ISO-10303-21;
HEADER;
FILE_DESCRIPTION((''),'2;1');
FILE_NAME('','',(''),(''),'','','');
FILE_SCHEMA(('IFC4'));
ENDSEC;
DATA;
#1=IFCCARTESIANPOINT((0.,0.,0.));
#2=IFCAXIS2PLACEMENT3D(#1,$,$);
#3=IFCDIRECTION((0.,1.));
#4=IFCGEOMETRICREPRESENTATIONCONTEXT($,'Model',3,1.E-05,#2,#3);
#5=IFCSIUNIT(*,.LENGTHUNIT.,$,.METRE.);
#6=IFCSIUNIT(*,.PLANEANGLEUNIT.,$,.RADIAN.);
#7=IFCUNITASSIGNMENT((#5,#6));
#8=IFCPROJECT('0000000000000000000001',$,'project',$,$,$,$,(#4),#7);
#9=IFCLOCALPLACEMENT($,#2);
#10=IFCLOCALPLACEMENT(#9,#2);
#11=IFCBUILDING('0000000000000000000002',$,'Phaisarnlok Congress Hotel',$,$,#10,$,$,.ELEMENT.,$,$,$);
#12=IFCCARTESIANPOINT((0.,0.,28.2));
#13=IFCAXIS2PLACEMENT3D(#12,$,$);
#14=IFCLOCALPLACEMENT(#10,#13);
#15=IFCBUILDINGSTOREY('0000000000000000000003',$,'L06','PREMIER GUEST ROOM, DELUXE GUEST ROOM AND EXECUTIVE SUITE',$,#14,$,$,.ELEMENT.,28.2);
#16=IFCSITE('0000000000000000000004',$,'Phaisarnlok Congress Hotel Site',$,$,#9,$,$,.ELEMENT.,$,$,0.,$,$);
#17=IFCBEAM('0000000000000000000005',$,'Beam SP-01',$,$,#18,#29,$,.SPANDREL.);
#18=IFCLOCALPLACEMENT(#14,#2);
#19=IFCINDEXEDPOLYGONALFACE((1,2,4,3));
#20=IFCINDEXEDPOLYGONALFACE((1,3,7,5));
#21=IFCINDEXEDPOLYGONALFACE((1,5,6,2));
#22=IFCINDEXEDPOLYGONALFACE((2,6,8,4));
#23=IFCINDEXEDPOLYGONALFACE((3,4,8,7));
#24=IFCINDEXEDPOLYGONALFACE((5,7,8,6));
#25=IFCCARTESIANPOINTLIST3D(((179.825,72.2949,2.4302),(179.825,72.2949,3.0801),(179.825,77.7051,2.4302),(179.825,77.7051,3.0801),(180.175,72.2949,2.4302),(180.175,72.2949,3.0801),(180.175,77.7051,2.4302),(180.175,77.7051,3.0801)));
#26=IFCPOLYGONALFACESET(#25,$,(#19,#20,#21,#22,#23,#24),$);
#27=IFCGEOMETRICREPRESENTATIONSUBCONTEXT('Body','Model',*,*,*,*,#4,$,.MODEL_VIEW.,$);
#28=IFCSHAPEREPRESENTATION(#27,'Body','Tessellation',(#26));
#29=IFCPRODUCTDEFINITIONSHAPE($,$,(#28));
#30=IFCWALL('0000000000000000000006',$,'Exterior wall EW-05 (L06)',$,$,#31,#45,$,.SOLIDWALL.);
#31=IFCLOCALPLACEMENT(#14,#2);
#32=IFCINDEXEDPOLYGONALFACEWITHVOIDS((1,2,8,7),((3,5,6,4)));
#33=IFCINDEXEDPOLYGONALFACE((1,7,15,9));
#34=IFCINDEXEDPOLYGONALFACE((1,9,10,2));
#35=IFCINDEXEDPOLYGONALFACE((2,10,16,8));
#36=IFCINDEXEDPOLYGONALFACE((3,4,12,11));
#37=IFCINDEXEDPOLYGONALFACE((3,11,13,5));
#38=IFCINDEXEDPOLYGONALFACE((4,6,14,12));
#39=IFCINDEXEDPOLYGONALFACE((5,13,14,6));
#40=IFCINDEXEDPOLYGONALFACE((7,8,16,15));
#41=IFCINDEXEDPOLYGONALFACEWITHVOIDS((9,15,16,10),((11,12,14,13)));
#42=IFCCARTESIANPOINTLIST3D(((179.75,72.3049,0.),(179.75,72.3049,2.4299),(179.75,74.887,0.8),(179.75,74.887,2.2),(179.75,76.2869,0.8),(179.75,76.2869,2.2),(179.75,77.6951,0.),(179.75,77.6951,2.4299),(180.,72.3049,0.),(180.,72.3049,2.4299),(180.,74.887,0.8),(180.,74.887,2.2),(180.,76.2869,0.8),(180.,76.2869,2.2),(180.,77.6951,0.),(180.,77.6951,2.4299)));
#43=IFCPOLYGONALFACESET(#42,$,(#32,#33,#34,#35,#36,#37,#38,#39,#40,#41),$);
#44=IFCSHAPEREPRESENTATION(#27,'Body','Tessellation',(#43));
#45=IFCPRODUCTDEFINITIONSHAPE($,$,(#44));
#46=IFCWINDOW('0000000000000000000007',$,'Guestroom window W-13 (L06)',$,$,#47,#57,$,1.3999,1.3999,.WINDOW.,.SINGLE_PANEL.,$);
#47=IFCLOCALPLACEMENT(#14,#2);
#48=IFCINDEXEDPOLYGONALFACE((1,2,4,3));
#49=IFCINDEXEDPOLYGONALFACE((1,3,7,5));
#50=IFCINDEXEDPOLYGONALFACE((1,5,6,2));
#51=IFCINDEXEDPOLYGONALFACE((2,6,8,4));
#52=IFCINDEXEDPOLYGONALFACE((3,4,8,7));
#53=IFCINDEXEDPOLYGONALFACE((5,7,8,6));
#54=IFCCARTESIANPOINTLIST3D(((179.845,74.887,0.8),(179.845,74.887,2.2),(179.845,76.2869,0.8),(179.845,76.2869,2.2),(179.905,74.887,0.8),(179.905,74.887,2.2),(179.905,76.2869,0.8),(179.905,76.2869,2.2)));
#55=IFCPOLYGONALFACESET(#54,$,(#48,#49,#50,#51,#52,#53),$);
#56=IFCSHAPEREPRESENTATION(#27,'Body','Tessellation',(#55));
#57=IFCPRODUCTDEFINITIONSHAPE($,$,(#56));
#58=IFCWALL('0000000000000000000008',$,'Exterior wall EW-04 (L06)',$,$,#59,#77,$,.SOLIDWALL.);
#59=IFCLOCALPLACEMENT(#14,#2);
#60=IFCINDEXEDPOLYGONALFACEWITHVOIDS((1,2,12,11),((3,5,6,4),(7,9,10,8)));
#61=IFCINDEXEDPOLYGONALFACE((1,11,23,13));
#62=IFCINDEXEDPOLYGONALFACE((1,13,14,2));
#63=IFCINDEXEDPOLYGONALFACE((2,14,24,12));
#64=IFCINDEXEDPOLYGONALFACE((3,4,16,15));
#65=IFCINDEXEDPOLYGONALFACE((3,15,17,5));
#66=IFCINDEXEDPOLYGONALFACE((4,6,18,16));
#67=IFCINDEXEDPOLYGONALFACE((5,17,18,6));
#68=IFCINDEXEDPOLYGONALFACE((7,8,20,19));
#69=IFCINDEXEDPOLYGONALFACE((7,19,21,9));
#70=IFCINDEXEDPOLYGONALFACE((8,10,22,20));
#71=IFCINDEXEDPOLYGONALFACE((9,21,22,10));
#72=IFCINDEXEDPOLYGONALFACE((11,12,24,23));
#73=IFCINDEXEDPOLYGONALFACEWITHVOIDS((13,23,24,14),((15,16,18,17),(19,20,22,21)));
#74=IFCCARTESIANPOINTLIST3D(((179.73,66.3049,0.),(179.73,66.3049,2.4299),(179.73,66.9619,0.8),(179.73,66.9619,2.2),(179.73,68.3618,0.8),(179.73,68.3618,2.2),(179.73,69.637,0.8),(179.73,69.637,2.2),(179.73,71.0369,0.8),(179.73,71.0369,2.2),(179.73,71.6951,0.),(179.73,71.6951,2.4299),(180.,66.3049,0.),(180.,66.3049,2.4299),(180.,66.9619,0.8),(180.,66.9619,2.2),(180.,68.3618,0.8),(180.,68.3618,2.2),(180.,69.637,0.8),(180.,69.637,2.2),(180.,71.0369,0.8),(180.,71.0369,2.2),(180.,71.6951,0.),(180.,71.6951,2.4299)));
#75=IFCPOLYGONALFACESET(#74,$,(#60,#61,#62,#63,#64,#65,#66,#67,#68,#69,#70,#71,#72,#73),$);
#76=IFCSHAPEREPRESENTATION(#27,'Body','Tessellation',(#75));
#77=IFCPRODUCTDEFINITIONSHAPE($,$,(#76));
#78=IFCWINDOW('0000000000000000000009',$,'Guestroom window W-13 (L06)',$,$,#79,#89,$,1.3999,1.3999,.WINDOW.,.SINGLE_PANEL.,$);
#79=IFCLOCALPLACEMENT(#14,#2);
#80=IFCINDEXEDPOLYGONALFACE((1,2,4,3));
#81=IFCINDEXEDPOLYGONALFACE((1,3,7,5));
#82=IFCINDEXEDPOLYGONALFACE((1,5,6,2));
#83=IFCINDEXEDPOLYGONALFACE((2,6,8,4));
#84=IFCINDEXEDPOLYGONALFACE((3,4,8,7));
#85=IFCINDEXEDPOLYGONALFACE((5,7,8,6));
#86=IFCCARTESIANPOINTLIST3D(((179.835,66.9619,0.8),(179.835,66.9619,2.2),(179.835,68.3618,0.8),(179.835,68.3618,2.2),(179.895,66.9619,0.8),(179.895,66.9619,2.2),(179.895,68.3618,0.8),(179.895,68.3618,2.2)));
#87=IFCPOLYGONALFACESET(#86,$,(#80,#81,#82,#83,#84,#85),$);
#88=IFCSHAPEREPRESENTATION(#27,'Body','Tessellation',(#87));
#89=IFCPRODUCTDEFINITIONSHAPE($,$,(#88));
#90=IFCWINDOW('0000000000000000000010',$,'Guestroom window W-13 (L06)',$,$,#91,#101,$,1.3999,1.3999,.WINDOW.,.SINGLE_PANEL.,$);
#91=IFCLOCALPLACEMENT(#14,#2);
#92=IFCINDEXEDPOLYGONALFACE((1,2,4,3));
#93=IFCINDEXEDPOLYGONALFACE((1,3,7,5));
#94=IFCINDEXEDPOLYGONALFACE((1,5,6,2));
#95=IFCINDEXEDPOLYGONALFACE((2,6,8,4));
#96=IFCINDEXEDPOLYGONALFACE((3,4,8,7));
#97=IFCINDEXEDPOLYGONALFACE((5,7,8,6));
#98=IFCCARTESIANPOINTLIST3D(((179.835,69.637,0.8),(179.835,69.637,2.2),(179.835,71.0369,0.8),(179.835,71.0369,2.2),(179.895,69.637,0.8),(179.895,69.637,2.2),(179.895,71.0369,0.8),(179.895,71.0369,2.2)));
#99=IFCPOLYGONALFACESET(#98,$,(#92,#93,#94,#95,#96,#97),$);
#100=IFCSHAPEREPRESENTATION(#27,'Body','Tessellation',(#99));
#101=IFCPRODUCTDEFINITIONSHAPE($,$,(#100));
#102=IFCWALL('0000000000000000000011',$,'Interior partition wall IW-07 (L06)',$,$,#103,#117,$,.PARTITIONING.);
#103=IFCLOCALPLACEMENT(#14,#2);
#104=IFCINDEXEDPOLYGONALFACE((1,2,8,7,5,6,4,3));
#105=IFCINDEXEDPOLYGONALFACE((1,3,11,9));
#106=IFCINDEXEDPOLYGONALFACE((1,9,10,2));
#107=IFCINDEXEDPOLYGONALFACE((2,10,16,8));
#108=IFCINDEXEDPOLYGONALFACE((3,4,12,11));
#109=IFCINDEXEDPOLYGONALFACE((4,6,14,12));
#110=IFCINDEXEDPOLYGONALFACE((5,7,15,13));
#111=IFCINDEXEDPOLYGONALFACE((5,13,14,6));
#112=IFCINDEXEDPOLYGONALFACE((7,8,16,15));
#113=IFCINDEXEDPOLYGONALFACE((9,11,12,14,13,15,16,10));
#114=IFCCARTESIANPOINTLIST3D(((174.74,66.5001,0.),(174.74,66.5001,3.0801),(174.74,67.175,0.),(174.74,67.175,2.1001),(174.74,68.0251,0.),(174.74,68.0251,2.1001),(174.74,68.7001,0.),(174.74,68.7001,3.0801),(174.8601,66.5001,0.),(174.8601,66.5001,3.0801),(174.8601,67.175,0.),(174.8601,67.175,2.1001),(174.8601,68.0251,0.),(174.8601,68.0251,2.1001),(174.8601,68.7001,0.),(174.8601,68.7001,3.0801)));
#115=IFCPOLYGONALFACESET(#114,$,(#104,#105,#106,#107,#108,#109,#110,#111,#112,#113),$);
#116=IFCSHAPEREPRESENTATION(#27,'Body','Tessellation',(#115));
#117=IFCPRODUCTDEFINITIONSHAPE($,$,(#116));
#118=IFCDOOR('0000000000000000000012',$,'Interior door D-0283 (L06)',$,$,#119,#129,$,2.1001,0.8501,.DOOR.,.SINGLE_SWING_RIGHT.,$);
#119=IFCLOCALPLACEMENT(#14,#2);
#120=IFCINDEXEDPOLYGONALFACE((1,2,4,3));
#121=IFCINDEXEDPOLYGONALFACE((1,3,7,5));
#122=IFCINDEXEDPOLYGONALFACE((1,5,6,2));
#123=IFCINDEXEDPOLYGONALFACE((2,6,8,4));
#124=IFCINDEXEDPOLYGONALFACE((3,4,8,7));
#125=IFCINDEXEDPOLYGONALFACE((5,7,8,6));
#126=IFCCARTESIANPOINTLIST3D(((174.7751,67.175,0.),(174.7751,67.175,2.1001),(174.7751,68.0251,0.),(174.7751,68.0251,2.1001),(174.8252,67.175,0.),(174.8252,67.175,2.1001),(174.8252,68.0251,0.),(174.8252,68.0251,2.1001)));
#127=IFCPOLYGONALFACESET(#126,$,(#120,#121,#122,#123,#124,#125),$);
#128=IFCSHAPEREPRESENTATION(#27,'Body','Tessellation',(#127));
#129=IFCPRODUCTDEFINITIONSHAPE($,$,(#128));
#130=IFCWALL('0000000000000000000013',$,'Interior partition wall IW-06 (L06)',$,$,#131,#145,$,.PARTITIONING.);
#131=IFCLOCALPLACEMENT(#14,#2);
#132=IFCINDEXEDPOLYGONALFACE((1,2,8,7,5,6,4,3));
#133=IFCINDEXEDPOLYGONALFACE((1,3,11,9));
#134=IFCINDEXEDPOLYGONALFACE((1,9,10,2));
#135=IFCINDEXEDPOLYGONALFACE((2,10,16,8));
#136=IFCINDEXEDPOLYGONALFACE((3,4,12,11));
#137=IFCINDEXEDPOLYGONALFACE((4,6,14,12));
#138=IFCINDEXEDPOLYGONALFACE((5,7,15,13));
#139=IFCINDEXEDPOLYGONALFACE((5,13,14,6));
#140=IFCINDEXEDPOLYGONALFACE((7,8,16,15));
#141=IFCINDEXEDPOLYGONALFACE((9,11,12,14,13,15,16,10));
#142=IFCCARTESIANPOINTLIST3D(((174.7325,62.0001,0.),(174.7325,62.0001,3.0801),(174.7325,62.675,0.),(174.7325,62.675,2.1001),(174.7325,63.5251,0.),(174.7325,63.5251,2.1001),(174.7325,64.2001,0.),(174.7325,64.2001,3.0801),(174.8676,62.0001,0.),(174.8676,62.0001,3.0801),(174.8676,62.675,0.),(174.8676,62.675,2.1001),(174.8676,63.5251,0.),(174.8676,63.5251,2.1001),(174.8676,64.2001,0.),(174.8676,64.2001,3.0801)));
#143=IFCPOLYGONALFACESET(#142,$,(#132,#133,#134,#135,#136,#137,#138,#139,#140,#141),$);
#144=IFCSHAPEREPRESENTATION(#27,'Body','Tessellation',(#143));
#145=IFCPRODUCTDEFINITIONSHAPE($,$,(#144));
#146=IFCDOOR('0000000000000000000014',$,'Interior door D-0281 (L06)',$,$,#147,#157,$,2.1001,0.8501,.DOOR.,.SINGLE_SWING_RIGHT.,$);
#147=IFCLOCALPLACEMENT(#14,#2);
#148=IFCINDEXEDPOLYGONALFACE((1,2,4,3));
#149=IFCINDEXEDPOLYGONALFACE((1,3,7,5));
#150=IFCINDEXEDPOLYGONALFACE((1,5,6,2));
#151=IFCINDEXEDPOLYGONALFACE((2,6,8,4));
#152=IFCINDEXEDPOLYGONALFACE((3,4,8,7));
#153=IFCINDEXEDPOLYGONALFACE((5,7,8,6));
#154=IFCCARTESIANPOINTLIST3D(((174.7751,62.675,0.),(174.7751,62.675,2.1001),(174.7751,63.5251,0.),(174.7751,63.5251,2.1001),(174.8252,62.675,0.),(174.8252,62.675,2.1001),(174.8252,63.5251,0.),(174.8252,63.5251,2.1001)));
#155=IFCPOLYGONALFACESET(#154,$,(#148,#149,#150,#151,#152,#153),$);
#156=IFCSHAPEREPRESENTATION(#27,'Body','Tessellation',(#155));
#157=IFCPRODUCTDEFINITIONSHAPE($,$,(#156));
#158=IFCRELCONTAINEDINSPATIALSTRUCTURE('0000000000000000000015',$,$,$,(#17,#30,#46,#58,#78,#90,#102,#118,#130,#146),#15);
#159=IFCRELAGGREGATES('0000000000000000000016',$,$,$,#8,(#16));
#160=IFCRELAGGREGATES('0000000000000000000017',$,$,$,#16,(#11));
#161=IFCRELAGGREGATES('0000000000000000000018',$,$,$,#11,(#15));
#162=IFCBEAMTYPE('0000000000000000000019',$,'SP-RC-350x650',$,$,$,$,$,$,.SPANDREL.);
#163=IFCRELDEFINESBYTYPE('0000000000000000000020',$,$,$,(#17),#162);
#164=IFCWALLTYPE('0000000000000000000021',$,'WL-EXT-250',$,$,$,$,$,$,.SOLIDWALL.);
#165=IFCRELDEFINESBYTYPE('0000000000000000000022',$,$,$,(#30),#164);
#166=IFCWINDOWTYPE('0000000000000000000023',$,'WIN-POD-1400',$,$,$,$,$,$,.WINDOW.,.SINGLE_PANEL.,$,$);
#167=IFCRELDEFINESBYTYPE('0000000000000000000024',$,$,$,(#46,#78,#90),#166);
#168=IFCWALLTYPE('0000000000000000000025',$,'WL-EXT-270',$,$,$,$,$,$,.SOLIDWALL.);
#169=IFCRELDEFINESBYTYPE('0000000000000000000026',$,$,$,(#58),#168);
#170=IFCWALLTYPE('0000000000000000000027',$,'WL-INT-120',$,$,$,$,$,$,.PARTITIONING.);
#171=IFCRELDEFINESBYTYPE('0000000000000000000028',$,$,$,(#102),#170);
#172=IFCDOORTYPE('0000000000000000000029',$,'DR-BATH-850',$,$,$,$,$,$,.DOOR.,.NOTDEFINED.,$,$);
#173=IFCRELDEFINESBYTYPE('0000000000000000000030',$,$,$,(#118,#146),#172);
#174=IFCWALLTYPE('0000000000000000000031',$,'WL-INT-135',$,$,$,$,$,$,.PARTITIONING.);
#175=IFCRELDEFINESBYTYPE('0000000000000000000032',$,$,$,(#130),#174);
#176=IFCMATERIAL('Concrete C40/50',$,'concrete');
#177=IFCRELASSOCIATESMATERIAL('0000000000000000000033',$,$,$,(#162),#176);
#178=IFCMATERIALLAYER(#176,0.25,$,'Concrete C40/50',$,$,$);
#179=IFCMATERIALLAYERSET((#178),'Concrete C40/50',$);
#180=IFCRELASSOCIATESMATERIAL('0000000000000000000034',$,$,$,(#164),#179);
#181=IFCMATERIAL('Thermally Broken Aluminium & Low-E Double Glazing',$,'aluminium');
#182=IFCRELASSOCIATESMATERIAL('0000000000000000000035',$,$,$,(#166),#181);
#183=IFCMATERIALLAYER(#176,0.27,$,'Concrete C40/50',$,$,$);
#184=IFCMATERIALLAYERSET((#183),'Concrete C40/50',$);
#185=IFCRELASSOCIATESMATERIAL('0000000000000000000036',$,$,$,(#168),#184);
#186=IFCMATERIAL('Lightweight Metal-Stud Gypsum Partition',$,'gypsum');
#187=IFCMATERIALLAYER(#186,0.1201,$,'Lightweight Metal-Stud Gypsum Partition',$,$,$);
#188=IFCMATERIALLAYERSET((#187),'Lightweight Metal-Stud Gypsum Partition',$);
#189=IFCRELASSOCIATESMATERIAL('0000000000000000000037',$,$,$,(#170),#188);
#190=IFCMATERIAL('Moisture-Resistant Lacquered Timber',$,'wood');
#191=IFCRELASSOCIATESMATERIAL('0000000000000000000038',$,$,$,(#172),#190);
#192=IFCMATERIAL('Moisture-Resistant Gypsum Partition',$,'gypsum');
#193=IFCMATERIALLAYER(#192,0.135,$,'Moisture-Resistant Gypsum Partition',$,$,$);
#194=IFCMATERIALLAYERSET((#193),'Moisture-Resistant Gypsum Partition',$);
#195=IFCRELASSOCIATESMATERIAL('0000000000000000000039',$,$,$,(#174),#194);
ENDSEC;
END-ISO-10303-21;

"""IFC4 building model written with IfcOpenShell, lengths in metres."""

from ifc_helpers import new_model, si_unit, direction, frame, frame_2d, origin, origin_2d, place, context, subcontext, project, spatial, rectangle, extrude, material, layer, layer_set, material_profile, profile_set, type_object, element, fill, save


model = new_model("IFC4")

# Units and contexts
model_context = context("Model", 3, precision=1e-05, world=origin(), true_north=direction((0.0, 1.0)))
body_context = subcontext(model_context, "Body", "Model", "MODEL_VIEW")
ifc_project = project(units=[si_unit("LENGTHUNIT", "METRE"), si_unit("PLANEANGLEUNIT", "RADIAN")], contexts=[model_context])

# Site, building, storey
site_placement = place(None, origin())
site = spatial("IfcSite", under=ifc_project, at=site_placement, Name="Phaisarnlok Congress Hotel Site", CompositionType="ELEMENT", RefElevation=0.0)
building_placement = place(site_placement, origin())
building = spatial("IfcBuilding", under=site, at=building_placement, Name="Phaisarnlok Congress Hotel", CompositionType="ELEMENT")
storey_placement = place(building_placement, frame((0.0, 0.0, 28.2)))
storey = spatial("IfcBuildingStorey", under=building, at=storey_placement, Name="L06", Description="PREMIER GUEST ROOM, DELUXE GUEST ROOM AND EXECUTIVE SUITE", CompositionType="ELEMENT", Elevation=28.2)

# Beam
ifc_material_1 = material(Name="Concrete C40/50", Category="concrete")
ifc_material_profile_1 = material_profile(ifc_material_1, rectangle(XDim=0.3501, YDim=0.6499, at=origin_2d()), Name="RC 350x650")
ifc_profile_set_1 = profile_set([ifc_material_profile_1], Name="Concrete C40/50")
beam_type_1 = type_object("IfcBeamType", Name="SP-RC-350x650", PredefinedType="SPANDREL", material=ifc_profile_set_1)
for number, where, z_axis, x_axis, name in (
    (1, (180.0, 72.2949, 2.7551), (0.0, 1.0, 0.0), (-1.0, 0.0, 0.0), "Beam SP-01"),
):
    element("IfcBeam", number, at=place(storey_placement, frame(where, z_axis=z_axis, x_axis=x_axis)), inside=storey, type_object=beam_type_1, Name=name, PredefinedType="SPANDREL", context=body_context, shape_type="SweptSolid", body=[
        extrude(rectangle(XDim=0.3501, YDim=0.6499, at=origin_2d()), origin(), (0.0, 0.0, 1.0), 5.4102),
    ])

# Wall, opening, window
ifc_layer_1 = layer(ifc_material_1, 0.25, Name="Concrete C40/50")
ifc_layer_set_1 = layer_set([ifc_layer_1], Name="Concrete C40/50")
wall_type_1 = type_object("IfcWallType", Name="WL-EXT-250", PredefinedType="SOLIDWALL", material=ifc_layer_set_1)
wall_1_placement = place(storey_placement, frame((179.875, 72.3049, 0.0), z_axis=(0.0, 0.0, 1.0), x_axis=(0.0, 1.0, 0.0)))
wall_1 = element("IfcWall", 2, at=wall_1_placement, inside=storey, type_object=wall_type_1, Name="Exterior wall EW-05 (L06)", PredefinedType="SOLIDWALL", context=body_context, shape_type="SweptSolid", body=[
    extrude(rectangle(XDim=5.3901, YDim=0.25, at=frame_2d((2.6951, 0.0))), origin(), (0.0, 0.0, 1.0), 2.4299),
])
opening_1_placement = place(wall_1_placement, frame((2.582, 0.0, 0.8)))
opening_1 = element("IfcOpeningElement", 3, at=opening_1_placement, cuts=wall_1, PredefinedType="OPENING", context=body_context, shape_type="SweptSolid", body=[
    extrude(rectangle(XDim=1.3999, YDim=1.3999, at=frame_2d((0.7, 0.7))), frame((0.0, 0.135, 0.0), z_axis=(0.0, -1.0, 0.0), x_axis=(1.0, 0.0, 0.0)), (0.0, 0.0, 1.0), 0.27),
])
ifc_material_2 = material(Name="Thermally Broken Aluminium & Low-E Double Glazing", Category="aluminium")
window_type = type_object("IfcWindowType", Name="WIN-POD-1400", PartitioningType="SINGLE_PANEL", PredefinedType="WINDOW", material=ifc_material_2)
window_1_placement = place(opening_1_placement, origin())
window_1 = element("IfcWindow", 4, at=window_1_placement, inside=storey, type_object=window_type, Name="Guestroom window W-13 (L06)", OverallHeight=1.3999, OverallWidth=1.3999, PartitioningType="SINGLE_PANEL", PredefinedType="WINDOW", context=body_context, shape_type="SweptSolid", body=[
    extrude(rectangle(XDim=1.3999, YDim=1.3999, at=frame_2d((0.7, 0.7))), frame((0.0, 0.03, 0.0), z_axis=(0.0, -1.0, 0.0), x_axis=(1.0, 0.0, 0.0)), (0.0, 0.0, 1.0), 0.0601),
])
fill(opening_1, window_1)

# Wall, openings, windows
ifc_layer_2 = layer(ifc_material_1, 0.27, Name="Concrete C40/50")
ifc_layer_set_2 = layer_set([ifc_layer_2], Name="Concrete C40/50")
wall_type_2 = type_object("IfcWallType", Name="WL-EXT-270", PredefinedType="SOLIDWALL", material=ifc_layer_set_2)
wall_2_placement = place(storey_placement, frame((179.865, 66.3049, 0.0), z_axis=(0.0, 0.0, 1.0), x_axis=(0.0, 1.0, 0.0)))
wall_2 = element("IfcWall", 5, at=wall_2_placement, inside=storey, type_object=wall_type_2, Name="Exterior wall EW-04 (L06)", PredefinedType="SOLIDWALL", context=body_context, shape_type="SweptSolid", body=[
    extrude(rectangle(XDim=5.3901, YDim=0.27, at=frame_2d((2.6951, 0.0))), origin(), (0.0, 0.0, 1.0), 2.4299),
])
opening_2_placement = place(wall_2_placement, frame((0.657, 0.0, 0.8)))
opening_2 = element("IfcOpeningElement", 6, at=opening_2_placement, cuts=wall_2, PredefinedType="OPENING", context=body_context, shape_type="SweptSolid", body=[
    extrude(rectangle(XDim=1.3999, YDim=1.3999, at=frame_2d((0.7, 0.7))), frame((0.0, 0.145, 0.0), z_axis=(0.0, -1.0, 0.0), x_axis=(1.0, 0.0, 0.0)), (0.0, 0.0, 1.0), 0.29),
])
opening_3_placement = place(wall_2_placement, frame((3.332, 0.0, 0.8)))
opening_3 = element("IfcOpeningElement", 7, at=opening_3_placement, cuts=wall_2, PredefinedType="OPENING", context=body_context, shape_type="SweptSolid", body=[
    extrude(rectangle(XDim=1.3999, YDim=1.3999, at=frame_2d((0.7, 0.7))), frame((0.0, 0.145, 0.0), z_axis=(0.0, -1.0, 0.0), x_axis=(1.0, 0.0, 0.0)), (0.0, 0.0, 1.0), 0.29),
])
window_2_placement = place(opening_2_placement, origin())
window_2 = element("IfcWindow", 8, at=window_2_placement, inside=storey, type_object=window_type, Name="Guestroom window W-13 (L06)", OverallHeight=1.3999, OverallWidth=1.3999, PartitioningType="SINGLE_PANEL", PredefinedType="WINDOW", context=body_context, shape_type="SweptSolid", body=[
    extrude(rectangle(XDim=1.3999, YDim=1.3999, at=frame_2d((0.7, 0.7))), frame((0.0, 0.03, 0.0), z_axis=(0.0, -1.0, 0.0), x_axis=(1.0, 0.0, 0.0)), (0.0, 0.0, 1.0), 0.0601),
])
fill(opening_2, window_2)
window_3_placement = place(opening_3_placement, origin())
window_3 = element("IfcWindow", 9, at=window_3_placement, inside=storey, type_object=window_type, Name="Guestroom window W-13 (L06)", OverallHeight=1.3999, OverallWidth=1.3999, PartitioningType="SINGLE_PANEL", PredefinedType="WINDOW", context=body_context, shape_type="SweptSolid", body=[
    extrude(rectangle(XDim=1.3999, YDim=1.3999, at=frame_2d((0.7, 0.7))), frame((0.0, 0.03, 0.0), z_axis=(0.0, -1.0, 0.0), x_axis=(1.0, 0.0, 0.0)), (0.0, 0.0, 1.0), 0.0601),
])
fill(opening_3, window_3)

# Walls, openings, doors
ifc_material_3 = material(Name="Lightweight Metal-Stud Gypsum Partition", Category="gypsum")
ifc_layer_3 = layer(ifc_material_3, 0.1201, Name="Lightweight Metal-Stud Gypsum Partition")
ifc_layer_set_3 = layer_set([ifc_layer_3], Name="Lightweight Metal-Stud Gypsum Partition")
wall_type_3 = type_object("IfcWallType", Name="WL-INT-120", PredefinedType="PARTITIONING", material=ifc_layer_set_3)
wall_3_placement = place(storey_placement, frame((174.8, 66.5, 0.0), z_axis=(0.0, 0.0, 1.0), x_axis=(0.0, 1.0, 0.0)))
wall_3 = element("IfcWall", 10, at=wall_3_placement, inside=storey, type_object=wall_type_3, Name="Interior partition wall IW-07 (L06)", PredefinedType="PARTITIONING", context=body_context, shape_type="SweptSolid", body=[
    extrude(rectangle(XDim=2.2, YDim=0.1201, at=frame_2d((1.1001, 0.0))), origin(), (0.0, 0.0, 1.0), 3.0801),
])
opening_4_placement = place(wall_3_placement, frame((0.675, 0.0, 0.0)))
opening_4 = element("IfcOpeningElement", 11, at=opening_4_placement, cuts=wall_3, PredefinedType="OPENING", context=body_context, shape_type="SweptSolid", body=[
    extrude(rectangle(XDim=0.8501, YDim=2.1001, at=frame_2d((0.425, 1.05))), frame((0.0, 0.0701, 0.0), z_axis=(0.0, -1.0, 0.0), x_axis=(1.0, 0.0, 0.0)), (0.0, 0.0, 1.0), 0.1401),
])
ifc_material_4 = material(Name="Moisture-Resistant Lacquered Timber", Category="wood")
door_type = type_object("IfcDoorType", Name="DR-BATH-850", OperationType="NOTDEFINED", PredefinedType="DOOR", material=ifc_material_4)
door_1_placement = place(opening_4_placement, origin())
door_1 = element("IfcDoor", 12, at=door_1_placement, inside=storey, type_object=door_type, Name="Interior door D-0283 (L06)", OperationType="SINGLE_SWING_RIGHT", OverallHeight=2.1001, OverallWidth=0.8501, PredefinedType="DOOR", context=body_context, shape_type="SweptSolid", body=[
    extrude(rectangle(XDim=0.8501, YDim=2.1001, at=frame_2d((0.425, 1.05))), frame((0.0, 0.0249, 0.0), z_axis=(0.0, -1.0, 0.0), x_axis=(1.0, 0.0, 0.0)), (0.0, 0.0, 1.0), 0.05),
])
fill(opening_4, door_1)
ifc_material_5 = material(Name="Moisture-Resistant Gypsum Partition", Category="gypsum")
ifc_layer_4 = layer(ifc_material_5, 0.135, Name="Moisture-Resistant Gypsum Partition")
ifc_layer_set_4 = layer_set([ifc_layer_4], Name="Moisture-Resistant Gypsum Partition")
wall_type_4 = type_object("IfcWallType", Name="WL-INT-135", PredefinedType="PARTITIONING", material=ifc_layer_set_4)
wall_4_placement = place(storey_placement, frame((174.8, 62.0, 0.0), z_axis=(0.0, 0.0, 1.0), x_axis=(0.0, 1.0, 0.0)))
wall_4 = element("IfcWall", 13, at=wall_4_placement, inside=storey, type_object=wall_type_4, Name="Interior partition wall IW-06 (L06)", PredefinedType="PARTITIONING", context=body_context, shape_type="SweptSolid", body=[
    extrude(rectangle(XDim=2.2, YDim=0.135, at=frame_2d((1.1001, 0.0))), origin(), (0.0, 0.0, 1.0), 3.0801),
])
opening_5_placement = place(wall_4_placement, frame((0.675, 0.0, 0.0)))
opening_5 = element("IfcOpeningElement", 14, at=opening_5_placement, cuts=wall_4, PredefinedType="OPENING", context=body_context, shape_type="SweptSolid", body=[
    extrude(rectangle(XDim=0.8501, YDim=2.1001, at=frame_2d((0.425, 1.05))), frame((0.0, 0.0776, 0.0), z_axis=(0.0, -1.0, 0.0), x_axis=(1.0, 0.0, 0.0)), (0.0, 0.0, 1.0), 0.155),
])
door_2_placement = place(opening_5_placement, origin())
door_2 = element("IfcDoor", 15, at=door_2_placement, inside=storey, type_object=door_type, Name="Interior door D-0281 (L06)", OperationType="SINGLE_SWING_RIGHT", OverallHeight=2.1001, OverallWidth=0.8501, PredefinedType="DOOR", context=body_context, shape_type="SweptSolid", body=[
    extrude(rectangle(XDim=0.8501, YDim=2.1001, at=frame_2d((0.425, 1.05))), frame((0.0, 0.0249, 0.0), z_axis=(0.0, -1.0, 0.0), x_axis=(1.0, 0.0, 0.0)), (0.0, 0.0, 1.0), 0.05),
])
fill(opening_5, door_2)

save(model, "model.ifc")
